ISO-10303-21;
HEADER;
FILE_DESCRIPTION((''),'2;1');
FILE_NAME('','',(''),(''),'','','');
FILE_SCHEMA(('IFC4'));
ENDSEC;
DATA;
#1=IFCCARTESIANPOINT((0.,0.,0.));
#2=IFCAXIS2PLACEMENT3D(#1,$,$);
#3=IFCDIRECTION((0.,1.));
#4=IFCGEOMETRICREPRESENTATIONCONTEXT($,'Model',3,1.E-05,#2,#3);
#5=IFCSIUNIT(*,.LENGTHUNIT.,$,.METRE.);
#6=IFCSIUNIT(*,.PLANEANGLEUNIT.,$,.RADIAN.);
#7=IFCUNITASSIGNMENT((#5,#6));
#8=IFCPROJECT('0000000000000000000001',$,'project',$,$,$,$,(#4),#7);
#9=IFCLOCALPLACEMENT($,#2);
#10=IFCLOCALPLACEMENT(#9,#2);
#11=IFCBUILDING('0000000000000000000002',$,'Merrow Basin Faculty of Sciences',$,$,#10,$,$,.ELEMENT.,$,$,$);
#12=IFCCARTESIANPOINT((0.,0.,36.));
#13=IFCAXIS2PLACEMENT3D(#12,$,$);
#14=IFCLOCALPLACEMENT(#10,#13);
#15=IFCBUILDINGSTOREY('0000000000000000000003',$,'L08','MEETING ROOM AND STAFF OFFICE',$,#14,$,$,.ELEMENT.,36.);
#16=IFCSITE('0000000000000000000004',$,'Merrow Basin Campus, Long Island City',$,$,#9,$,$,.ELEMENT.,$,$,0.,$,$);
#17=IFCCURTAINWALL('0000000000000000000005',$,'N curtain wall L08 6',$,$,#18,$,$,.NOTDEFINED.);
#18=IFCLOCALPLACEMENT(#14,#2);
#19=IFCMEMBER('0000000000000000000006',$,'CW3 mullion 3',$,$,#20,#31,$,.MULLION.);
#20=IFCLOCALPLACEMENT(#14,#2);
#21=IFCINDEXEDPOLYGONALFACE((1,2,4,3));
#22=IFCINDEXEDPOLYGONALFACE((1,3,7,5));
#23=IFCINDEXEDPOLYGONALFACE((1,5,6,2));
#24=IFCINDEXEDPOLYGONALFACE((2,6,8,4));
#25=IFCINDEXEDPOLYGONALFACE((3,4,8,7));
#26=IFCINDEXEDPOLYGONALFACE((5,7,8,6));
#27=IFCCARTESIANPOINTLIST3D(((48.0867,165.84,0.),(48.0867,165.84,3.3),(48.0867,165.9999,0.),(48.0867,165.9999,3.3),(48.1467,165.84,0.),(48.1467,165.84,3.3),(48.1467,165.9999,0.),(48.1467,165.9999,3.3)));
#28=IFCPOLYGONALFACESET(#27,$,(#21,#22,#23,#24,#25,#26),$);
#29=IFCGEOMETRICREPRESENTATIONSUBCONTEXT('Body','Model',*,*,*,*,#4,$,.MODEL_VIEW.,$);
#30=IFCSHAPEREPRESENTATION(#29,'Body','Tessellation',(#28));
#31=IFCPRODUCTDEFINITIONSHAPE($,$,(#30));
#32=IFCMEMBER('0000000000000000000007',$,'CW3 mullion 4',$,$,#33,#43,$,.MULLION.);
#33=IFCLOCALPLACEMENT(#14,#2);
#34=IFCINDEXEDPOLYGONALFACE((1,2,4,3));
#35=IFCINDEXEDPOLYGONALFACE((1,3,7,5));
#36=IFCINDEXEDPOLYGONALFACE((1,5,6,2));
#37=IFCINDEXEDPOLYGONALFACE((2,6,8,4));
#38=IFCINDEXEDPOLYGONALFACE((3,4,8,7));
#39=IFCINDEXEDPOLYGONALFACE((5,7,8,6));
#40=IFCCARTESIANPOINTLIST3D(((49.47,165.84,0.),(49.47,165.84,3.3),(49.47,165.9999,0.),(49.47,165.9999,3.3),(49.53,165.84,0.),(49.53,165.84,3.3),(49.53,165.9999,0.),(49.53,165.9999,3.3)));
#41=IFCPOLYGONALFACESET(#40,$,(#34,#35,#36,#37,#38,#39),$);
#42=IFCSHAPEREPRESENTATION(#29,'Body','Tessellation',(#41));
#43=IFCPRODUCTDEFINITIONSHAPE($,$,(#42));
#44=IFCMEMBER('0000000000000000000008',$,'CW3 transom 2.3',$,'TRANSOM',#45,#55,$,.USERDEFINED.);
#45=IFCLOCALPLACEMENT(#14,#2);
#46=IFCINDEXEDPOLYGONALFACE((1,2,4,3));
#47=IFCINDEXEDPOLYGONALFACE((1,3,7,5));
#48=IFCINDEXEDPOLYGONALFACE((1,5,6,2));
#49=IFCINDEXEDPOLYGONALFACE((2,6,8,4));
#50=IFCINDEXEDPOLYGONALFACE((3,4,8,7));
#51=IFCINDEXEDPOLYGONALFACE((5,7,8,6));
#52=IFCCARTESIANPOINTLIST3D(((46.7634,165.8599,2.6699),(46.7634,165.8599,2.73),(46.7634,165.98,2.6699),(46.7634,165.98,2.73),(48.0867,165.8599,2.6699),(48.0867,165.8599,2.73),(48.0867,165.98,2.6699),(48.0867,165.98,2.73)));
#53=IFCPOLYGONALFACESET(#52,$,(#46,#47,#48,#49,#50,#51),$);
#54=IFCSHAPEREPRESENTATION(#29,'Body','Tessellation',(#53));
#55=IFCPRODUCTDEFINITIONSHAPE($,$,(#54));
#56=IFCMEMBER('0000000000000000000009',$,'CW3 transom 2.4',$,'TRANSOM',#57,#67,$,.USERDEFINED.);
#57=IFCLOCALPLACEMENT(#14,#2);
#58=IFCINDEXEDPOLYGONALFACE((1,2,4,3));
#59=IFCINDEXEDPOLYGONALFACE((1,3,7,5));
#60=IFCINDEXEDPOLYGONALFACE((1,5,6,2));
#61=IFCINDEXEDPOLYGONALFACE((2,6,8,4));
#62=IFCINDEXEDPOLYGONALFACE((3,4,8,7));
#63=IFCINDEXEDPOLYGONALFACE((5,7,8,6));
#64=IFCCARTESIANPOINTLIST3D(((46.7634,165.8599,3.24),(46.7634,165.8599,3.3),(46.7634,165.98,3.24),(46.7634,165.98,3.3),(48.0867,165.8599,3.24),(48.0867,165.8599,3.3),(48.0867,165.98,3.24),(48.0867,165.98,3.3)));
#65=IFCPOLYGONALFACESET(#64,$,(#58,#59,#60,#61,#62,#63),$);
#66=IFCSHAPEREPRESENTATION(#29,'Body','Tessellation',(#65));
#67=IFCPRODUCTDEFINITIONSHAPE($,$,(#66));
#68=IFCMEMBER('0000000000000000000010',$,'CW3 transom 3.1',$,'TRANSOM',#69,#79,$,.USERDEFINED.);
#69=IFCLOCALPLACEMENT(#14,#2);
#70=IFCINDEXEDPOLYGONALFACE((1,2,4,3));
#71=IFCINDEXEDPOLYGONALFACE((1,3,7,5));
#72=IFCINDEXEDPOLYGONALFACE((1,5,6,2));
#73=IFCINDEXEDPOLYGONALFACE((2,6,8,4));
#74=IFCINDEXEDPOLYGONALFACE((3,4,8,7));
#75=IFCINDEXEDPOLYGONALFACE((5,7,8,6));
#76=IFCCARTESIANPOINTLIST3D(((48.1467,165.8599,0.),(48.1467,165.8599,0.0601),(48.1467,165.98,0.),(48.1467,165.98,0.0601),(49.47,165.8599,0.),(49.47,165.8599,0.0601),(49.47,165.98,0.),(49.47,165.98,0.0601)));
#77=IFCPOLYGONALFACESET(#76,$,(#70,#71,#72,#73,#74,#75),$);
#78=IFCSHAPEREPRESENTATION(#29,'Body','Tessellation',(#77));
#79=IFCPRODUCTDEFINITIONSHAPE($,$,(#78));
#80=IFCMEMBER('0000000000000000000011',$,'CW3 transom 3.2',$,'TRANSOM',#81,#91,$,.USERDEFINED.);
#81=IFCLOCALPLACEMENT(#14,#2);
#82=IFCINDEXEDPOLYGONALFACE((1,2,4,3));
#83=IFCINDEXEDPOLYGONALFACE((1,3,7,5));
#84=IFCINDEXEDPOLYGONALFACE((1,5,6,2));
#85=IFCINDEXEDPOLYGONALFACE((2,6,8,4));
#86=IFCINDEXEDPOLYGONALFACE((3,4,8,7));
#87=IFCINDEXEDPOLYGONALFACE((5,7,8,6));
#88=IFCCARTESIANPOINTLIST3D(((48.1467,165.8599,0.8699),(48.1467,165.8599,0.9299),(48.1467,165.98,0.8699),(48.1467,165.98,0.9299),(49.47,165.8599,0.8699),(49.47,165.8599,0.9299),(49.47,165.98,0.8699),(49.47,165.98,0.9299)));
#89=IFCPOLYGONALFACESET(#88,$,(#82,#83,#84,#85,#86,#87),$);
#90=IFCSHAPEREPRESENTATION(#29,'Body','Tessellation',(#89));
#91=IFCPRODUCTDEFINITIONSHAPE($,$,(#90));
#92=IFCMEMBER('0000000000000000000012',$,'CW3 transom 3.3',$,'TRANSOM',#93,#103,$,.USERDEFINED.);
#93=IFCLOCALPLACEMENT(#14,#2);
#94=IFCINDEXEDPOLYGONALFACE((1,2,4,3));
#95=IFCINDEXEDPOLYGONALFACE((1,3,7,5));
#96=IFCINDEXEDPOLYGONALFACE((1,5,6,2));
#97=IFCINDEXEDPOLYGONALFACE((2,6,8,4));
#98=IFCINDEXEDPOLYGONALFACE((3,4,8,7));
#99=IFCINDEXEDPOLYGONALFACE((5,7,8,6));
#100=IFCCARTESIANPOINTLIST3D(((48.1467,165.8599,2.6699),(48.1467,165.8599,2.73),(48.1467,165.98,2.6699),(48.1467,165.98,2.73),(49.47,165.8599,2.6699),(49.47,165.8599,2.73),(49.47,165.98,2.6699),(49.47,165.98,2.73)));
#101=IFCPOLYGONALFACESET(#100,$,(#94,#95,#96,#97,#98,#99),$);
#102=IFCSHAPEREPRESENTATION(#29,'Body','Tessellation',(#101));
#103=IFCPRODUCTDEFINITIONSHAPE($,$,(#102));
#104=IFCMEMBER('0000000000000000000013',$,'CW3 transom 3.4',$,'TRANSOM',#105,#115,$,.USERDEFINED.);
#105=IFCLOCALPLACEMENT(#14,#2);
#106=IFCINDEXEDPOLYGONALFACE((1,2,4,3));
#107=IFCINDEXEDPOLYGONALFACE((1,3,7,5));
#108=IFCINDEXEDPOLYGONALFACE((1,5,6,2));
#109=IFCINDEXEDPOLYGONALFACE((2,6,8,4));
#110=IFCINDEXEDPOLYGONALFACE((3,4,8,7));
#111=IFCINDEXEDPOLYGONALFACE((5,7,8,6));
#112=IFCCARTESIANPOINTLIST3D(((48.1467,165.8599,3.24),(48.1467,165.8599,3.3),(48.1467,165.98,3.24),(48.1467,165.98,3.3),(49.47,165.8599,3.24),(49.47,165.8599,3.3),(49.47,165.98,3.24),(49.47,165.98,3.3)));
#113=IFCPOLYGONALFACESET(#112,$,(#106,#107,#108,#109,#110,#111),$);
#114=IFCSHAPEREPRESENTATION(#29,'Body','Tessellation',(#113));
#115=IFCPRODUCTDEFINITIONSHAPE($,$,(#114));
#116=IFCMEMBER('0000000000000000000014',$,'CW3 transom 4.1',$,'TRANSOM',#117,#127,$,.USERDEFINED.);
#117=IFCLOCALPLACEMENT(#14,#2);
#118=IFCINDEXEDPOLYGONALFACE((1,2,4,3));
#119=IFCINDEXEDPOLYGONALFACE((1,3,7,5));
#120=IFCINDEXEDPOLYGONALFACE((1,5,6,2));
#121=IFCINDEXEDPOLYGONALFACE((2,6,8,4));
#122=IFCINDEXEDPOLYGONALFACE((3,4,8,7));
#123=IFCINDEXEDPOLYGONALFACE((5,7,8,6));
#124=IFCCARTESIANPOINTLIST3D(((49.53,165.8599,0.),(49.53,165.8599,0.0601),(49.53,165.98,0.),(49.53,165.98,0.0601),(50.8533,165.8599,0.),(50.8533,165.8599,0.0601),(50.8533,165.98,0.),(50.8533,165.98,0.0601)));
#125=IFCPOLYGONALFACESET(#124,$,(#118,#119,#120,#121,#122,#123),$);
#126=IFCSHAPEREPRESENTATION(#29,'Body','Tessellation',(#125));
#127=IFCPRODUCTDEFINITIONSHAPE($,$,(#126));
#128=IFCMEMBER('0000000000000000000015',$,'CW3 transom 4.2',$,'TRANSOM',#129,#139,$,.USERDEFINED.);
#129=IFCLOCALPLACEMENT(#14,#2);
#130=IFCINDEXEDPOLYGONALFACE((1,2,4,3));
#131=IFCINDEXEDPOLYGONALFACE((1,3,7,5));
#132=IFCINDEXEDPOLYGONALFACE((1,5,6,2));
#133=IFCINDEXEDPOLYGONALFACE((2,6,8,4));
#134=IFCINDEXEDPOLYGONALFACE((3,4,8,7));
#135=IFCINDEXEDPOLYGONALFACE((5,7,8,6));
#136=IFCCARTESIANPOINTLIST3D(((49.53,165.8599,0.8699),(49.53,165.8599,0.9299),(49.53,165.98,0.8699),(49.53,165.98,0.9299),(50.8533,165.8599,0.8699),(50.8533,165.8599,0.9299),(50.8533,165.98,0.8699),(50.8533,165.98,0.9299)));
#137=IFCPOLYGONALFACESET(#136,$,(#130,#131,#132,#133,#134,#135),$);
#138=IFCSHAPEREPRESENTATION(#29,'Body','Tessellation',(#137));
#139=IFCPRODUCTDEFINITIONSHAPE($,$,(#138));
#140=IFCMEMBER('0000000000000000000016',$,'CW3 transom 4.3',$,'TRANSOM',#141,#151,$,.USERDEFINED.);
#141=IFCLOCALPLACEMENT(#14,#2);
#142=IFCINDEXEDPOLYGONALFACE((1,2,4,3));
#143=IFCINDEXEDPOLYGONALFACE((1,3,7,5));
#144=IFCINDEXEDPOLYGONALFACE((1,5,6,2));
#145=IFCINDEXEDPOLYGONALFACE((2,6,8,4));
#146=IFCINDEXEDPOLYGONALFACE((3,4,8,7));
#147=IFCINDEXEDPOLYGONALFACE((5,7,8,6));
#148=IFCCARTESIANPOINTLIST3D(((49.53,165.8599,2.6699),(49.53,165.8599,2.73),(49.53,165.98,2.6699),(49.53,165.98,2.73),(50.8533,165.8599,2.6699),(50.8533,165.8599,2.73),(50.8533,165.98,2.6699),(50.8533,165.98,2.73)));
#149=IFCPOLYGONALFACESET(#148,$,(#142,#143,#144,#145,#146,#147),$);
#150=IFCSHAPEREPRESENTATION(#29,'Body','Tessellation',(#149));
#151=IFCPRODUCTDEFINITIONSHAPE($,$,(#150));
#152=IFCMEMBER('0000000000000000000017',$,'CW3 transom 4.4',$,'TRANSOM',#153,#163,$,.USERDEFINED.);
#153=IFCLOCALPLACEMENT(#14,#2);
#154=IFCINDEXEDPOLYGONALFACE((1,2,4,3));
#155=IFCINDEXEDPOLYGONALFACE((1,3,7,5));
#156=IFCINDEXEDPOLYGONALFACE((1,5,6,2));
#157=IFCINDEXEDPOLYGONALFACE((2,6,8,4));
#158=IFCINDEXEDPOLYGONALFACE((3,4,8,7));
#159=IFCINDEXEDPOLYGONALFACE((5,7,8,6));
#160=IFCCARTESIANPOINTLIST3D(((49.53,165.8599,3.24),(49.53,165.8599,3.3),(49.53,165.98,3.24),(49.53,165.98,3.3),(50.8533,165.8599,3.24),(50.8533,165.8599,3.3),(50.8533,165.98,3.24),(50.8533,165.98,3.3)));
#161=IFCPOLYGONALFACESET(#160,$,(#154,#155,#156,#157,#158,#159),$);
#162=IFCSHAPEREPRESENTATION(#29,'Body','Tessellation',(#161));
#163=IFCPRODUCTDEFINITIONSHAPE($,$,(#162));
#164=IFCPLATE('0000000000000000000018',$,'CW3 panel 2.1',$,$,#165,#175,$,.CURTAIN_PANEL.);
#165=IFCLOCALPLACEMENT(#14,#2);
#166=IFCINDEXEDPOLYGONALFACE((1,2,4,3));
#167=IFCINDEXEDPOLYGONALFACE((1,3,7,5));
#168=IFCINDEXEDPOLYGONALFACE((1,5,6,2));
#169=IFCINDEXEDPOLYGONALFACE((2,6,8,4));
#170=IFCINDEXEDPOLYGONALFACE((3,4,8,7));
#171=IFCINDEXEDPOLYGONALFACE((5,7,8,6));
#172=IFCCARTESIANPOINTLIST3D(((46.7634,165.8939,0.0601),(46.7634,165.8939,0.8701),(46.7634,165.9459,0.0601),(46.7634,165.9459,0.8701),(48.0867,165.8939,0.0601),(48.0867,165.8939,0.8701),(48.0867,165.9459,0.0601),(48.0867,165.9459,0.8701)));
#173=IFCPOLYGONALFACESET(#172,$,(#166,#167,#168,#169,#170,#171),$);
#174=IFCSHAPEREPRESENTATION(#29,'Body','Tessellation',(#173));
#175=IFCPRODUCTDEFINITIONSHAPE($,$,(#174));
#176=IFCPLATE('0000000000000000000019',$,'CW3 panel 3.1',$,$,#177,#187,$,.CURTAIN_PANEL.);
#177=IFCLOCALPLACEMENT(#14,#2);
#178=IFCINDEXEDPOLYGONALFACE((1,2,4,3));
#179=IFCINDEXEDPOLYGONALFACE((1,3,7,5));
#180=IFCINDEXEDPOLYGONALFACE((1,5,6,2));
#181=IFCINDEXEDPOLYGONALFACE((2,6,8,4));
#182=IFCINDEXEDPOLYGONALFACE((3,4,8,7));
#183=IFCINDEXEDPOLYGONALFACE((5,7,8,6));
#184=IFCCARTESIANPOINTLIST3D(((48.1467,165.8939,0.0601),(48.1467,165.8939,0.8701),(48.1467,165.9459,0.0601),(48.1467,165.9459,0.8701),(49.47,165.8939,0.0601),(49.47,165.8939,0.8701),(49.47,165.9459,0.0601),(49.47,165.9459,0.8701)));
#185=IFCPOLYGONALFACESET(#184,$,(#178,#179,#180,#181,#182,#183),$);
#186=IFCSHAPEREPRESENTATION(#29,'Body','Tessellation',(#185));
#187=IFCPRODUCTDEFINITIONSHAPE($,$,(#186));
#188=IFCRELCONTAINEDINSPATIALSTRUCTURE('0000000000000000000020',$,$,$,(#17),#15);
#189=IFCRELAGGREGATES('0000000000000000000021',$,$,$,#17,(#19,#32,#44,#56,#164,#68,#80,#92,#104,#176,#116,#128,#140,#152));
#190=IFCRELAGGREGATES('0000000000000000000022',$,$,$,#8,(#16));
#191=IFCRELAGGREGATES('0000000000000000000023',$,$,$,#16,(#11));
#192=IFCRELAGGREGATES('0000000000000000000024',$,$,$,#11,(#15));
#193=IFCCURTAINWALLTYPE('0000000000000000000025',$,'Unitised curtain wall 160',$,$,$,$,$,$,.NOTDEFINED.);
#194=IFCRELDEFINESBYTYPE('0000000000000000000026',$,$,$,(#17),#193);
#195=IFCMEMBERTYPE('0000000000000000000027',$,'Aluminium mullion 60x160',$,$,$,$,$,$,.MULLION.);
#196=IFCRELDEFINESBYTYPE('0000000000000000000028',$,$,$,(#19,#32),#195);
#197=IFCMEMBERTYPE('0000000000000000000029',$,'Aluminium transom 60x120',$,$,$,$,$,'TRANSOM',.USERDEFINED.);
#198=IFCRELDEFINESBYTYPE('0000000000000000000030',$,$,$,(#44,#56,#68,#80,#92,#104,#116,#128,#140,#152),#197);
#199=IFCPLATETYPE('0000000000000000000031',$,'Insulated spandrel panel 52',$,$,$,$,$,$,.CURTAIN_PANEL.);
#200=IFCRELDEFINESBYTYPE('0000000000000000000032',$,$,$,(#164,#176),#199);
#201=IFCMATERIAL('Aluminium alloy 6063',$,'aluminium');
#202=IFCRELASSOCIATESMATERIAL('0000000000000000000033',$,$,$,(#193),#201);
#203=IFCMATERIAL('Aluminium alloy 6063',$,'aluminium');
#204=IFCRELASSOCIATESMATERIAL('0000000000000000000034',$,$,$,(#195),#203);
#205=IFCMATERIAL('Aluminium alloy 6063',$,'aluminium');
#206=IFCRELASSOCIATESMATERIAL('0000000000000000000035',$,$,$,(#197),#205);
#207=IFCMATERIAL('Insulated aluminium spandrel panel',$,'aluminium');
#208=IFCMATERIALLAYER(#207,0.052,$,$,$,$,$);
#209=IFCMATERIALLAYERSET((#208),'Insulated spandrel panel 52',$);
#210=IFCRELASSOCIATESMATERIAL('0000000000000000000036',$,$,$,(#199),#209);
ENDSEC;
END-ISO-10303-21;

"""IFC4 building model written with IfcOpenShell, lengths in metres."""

from ifc_helpers import new_model, si_unit, direction, frame, origin, origin_2d, place, context, subcontext, project, spatial, rectangle, extrude, material, layer, layer_set, material_profile, profile_set, type_object, element, aggregate, save


model = new_model("IFC4")

# Units and contexts
model_context = context("Model", 3, precision=1e-05, world=origin(), true_north=direction((0.0, 1.0)))
body_context = subcontext(model_context, "Body", "Model", "MODEL_VIEW")
ifc_project = project(units=[si_unit("LENGTHUNIT", "METRE"), si_unit("PLANEANGLEUNIT", "RADIAN")], contexts=[model_context])

# Site, building, storey
site_placement = place(None, origin())
site = spatial("IfcSite", under=ifc_project, at=site_placement, Name="Merrow Basin Campus, Long Island City", CompositionType="ELEMENT", RefElevation=0.0)
building_placement = place(site_placement, origin())
building = spatial("IfcBuilding", under=site, at=building_placement, Name="Merrow Basin Faculty of Sciences", CompositionType="ELEMENT")
storey_placement = place(building_placement, frame((0.0, 0.0, 36.0)))
storey = spatial("IfcBuildingStorey", under=building, at=storey_placement, Name="L08", Description="MEETING ROOM AND STAFF OFFICE", CompositionType="ELEMENT", Elevation=36.0)

# Curtain wall, members, plates
ifc_material_1 = material(Name="Aluminium alloy 6063", Category="aluminium")
curtain_wall_type = type_object("IfcCurtainWallType", Name="Unitised curtain wall 160", PredefinedType="NOTDEFINED", material=ifc_material_1)
curtain_wall_placement = place(storey_placement, origin())
curtain_wall = element("IfcCurtainWall", 1, at=curtain_wall_placement, inside=storey, type_object=curtain_wall_type, Name="N curtain wall L08 6", PredefinedType="NOTDEFINED")
ifc_material_2 = material(Name="Aluminium alloy 6063", Category="aluminium")
ifc_material_profile_1 = material_profile(ifc_material_2, rectangle(XDim=0.1599, YDim=0.0601, at=origin_2d()))
ifc_profile_set_1 = profile_set([ifc_material_profile_1], Name="Aluminium alloy 6063")
member_type_1 = type_object("IfcMemberType", Name="Aluminium mullion 60x160", PredefinedType="MULLION", material=ifc_profile_set_1)
member_1_placement = place(storey_placement, frame((48.1167, 165.9199, 0.0), z_axis=(0.0, 0.0, 1.0), x_axis=(0.0, 1.0, 0.0)))
member_1 = element("IfcMember", 2, at=member_1_placement, type_object=member_type_1, Name="CW3 mullion 3", PredefinedType="MULLION", context=body_context, shape_type="SweptSolid", body=[
    extrude(rectangle(XDim=0.1599, YDim=0.0601, at=origin_2d()), origin(), (0.0, 0.0, 1.0), 3.3),
])
member_2_placement = place(storey_placement, frame((49.5, 165.9199, 0.0), z_axis=(0.0, 0.0, 1.0), x_axis=(0.0, 1.0, 0.0)))
member_2 = element("IfcMember", 3, at=member_2_placement, type_object=member_type_1, Name="CW3 mullion 4", PredefinedType="MULLION", context=body_context, shape_type="SweptSolid", body=[
    extrude(rectangle(XDim=0.1599, YDim=0.0601, at=origin_2d()), origin(), (0.0, 0.0, 1.0), 3.3),
])
ifc_material_3 = material(Name="Aluminium alloy 6063", Category="aluminium")
ifc_material_profile_2 = material_profile(ifc_material_3, rectangle(XDim=0.1201, YDim=0.0601, at=origin_2d()))
ifc_profile_set_2 = profile_set([ifc_material_profile_2], Name="Aluminium alloy 6063")
member_type_2 = type_object("IfcMemberType", Name="Aluminium transom 60x120", ElementType="TRANSOM", PredefinedType="USERDEFINED", material=ifc_profile_set_2)
member_3_placement = place(storey_placement, frame((46.7634, 165.9199, 2.7), z_axis=(1.0, 0.0, 0.0), x_axis=(0.0, 1.0, 0.0)))
member_3 = element("IfcMember", 4, at=member_3_placement, type_object=member_type_2, Name="CW3 transom 2.3", ObjectType="TRANSOM", PredefinedType="USERDEFINED", context=body_context, shape_type="SweptSolid", body=[
    extrude(rectangle(XDim=0.1201, YDim=0.0601, at=origin_2d()), origin(), (0.0, 0.0, 1.0), 1.3232),
])
member_4_placement = place(storey_placement, frame((46.7634, 165.9199, 3.27), z_axis=(1.0, 0.0, 0.0), x_axis=(0.0, 1.0, 0.0)))
member_4 = element("IfcMember", 5, at=member_4_placement, type_object=member_type_2, Name="CW3 transom 2.4", ObjectType="TRANSOM", PredefinedType="USERDEFINED", context=body_context, shape_type="SweptSolid", body=[
    extrude(rectangle(XDim=0.1201, YDim=0.0601, at=origin_2d()), origin(), (0.0, 0.0, 1.0), 1.3232),
])
member_5_placement = place(storey_placement, frame((48.1467, 165.9199, 0.03), z_axis=(1.0, 0.0, 0.0), x_axis=(0.0, 1.0, 0.0)))
member_5 = element("IfcMember", 6, at=member_5_placement, type_object=member_type_2, Name="CW3 transom 3.1", ObjectType="TRANSOM", PredefinedType="USERDEFINED", context=body_context, shape_type="SweptSolid", body=[
    extrude(rectangle(XDim=0.1201, YDim=0.0601, at=origin_2d()), origin(), (0.0, 0.0, 1.0), 1.3232),
])
member_6_placement = place(storey_placement, frame((48.1467, 165.9199, 0.8999), z_axis=(1.0, 0.0, 0.0), x_axis=(0.0, 1.0, 0.0)))
member_6 = element("IfcMember", 7, at=member_6_placement, type_object=member_type_2, Name="CW3 transom 3.2", ObjectType="TRANSOM", PredefinedType="USERDEFINED", context=body_context, shape_type="SweptSolid", body=[
    extrude(rectangle(XDim=0.1201, YDim=0.0601, at=origin_2d()), origin(), (0.0, 0.0, 1.0), 1.3232),
])
member_7_placement = place(storey_placement, frame((48.1467, 165.9199, 2.7), z_axis=(1.0, 0.0, 0.0), x_axis=(0.0, 1.0, 0.0)))
member_7 = element("IfcMember", 8, at=member_7_placement, type_object=member_type_2, Name="CW3 transom 3.3", ObjectType="TRANSOM", PredefinedType="USERDEFINED", context=body_context, shape_type="SweptSolid", body=[
    extrude(rectangle(XDim=0.1201, YDim=0.0601, at=origin_2d()), origin(), (0.0, 0.0, 1.0), 1.3232),
])
member_8_placement = place(storey_placement, frame((48.1467, 165.9199, 3.27), z_axis=(1.0, 0.0, 0.0), x_axis=(0.0, 1.0, 0.0)))
member_8 = element("IfcMember", 9, at=member_8_placement, type_object=member_type_2, Name="CW3 transom 3.4", ObjectType="TRANSOM", PredefinedType="USERDEFINED", context=body_context, shape_type="SweptSolid", body=[
    extrude(rectangle(XDim=0.1201, YDim=0.0601, at=origin_2d()), origin(), (0.0, 0.0, 1.0), 1.3232),
])
member_9_placement = place(storey_placement, frame((49.53, 165.9199, 0.03), z_axis=(1.0, 0.0, 0.0), x_axis=(0.0, 1.0, 0.0)))
member_9 = element("IfcMember", 10, at=member_9_placement, type_object=member_type_2, Name="CW3 transom 4.1", ObjectType="TRANSOM", PredefinedType="USERDEFINED", context=body_context, shape_type="SweptSolid", body=[
    extrude(rectangle(XDim=0.1201, YDim=0.0601, at=origin_2d()), origin(), (0.0, 0.0, 1.0), 1.3232),
])
member_10_placement = place(storey_placement, frame((49.53, 165.9199, 0.8999), z_axis=(1.0, 0.0, 0.0), x_axis=(0.0, 1.0, 0.0)))
member_10 = element("IfcMember", 11, at=member_10_placement, type_object=member_type_2, Name="CW3 transom 4.2", ObjectType="TRANSOM", PredefinedType="USERDEFINED", context=body_context, shape_type="SweptSolid", body=[
    extrude(rectangle(XDim=0.1201, YDim=0.0601, at=origin_2d()), origin(), (0.0, 0.0, 1.0), 1.3232),
])
member_11_placement = place(storey_placement, frame((49.53, 165.9199, 2.7), z_axis=(1.0, 0.0, 0.0), x_axis=(0.0, 1.0, 0.0)))
member_11 = element("IfcMember", 12, at=member_11_placement, type_object=member_type_2, Name="CW3 transom 4.3", ObjectType="TRANSOM", PredefinedType="USERDEFINED", context=body_context, shape_type="SweptSolid", body=[
    extrude(rectangle(XDim=0.1201, YDim=0.0601, at=origin_2d()), origin(), (0.0, 0.0, 1.0), 1.3232),
])
member_12_placement = place(storey_placement, frame((49.53, 165.9199, 3.27), z_axis=(1.0, 0.0, 0.0), x_axis=(0.0, 1.0, 0.0)))
member_12 = element("IfcMember", 13, at=member_12_placement, type_object=member_type_2, Name="CW3 transom 4.4", ObjectType="TRANSOM", PredefinedType="USERDEFINED", context=body_context, shape_type="SweptSolid", body=[
    extrude(rectangle(XDim=0.1201, YDim=0.0601, at=origin_2d()), origin(), (0.0, 0.0, 1.0), 1.3232),
])
ifc_material_4 = material(Name="Insulated aluminium spandrel panel", Category="aluminium")
ifc_layer_1 = layer(ifc_material_4, 0.052)
ifc_layer_set_1 = layer_set([ifc_layer_1], Name="Insulated spandrel panel 52")
plate_type_1 = type_object("IfcPlateType", Name="Insulated spandrel panel 52", PredefinedType="CURTAIN_PANEL", material=ifc_layer_set_1)
plate_1_placement = place(storey_placement, frame((47.425, 165.9199, 0.0601), z_axis=(0.0, 0.0, 1.0), x_axis=(1.0, 0.0, 0.0)))
plate_1 = element("IfcPlate", 14, at=plate_1_placement, type_object=plate_type_1, Name="CW3 panel 2.1", PredefinedType="CURTAIN_PANEL", context=body_context, shape_type="SweptSolid", body=[
    extrude(rectangle(XDim=1.3232, YDim=0.052, at=origin_2d()), origin(), (0.0, 0.0, 1.0), 0.8101),
])
plate_2_placement = place(storey_placement, frame((48.8083, 165.9199, 0.0601), z_axis=(0.0, 0.0, 1.0), x_axis=(1.0, 0.0, 0.0)))
plate_2 = element("IfcPlate", 15, at=plate_2_placement, type_object=plate_type_1, Name="CW3 panel 3.1", PredefinedType="CURTAIN_PANEL", context=body_context, shape_type="SweptSolid", body=[
    extrude(rectangle(XDim=1.3232, YDim=0.052, at=origin_2d()), origin(), (0.0, 0.0, 1.0), 0.8101),
])
aggregate(curtain_wall, [member_1, member_2, member_3, member_4, plate_1, member_5, member_6, member_7, member_8, plate_2, member_9, member_10, member_11, member_12])

save(model, "model.ifc")
